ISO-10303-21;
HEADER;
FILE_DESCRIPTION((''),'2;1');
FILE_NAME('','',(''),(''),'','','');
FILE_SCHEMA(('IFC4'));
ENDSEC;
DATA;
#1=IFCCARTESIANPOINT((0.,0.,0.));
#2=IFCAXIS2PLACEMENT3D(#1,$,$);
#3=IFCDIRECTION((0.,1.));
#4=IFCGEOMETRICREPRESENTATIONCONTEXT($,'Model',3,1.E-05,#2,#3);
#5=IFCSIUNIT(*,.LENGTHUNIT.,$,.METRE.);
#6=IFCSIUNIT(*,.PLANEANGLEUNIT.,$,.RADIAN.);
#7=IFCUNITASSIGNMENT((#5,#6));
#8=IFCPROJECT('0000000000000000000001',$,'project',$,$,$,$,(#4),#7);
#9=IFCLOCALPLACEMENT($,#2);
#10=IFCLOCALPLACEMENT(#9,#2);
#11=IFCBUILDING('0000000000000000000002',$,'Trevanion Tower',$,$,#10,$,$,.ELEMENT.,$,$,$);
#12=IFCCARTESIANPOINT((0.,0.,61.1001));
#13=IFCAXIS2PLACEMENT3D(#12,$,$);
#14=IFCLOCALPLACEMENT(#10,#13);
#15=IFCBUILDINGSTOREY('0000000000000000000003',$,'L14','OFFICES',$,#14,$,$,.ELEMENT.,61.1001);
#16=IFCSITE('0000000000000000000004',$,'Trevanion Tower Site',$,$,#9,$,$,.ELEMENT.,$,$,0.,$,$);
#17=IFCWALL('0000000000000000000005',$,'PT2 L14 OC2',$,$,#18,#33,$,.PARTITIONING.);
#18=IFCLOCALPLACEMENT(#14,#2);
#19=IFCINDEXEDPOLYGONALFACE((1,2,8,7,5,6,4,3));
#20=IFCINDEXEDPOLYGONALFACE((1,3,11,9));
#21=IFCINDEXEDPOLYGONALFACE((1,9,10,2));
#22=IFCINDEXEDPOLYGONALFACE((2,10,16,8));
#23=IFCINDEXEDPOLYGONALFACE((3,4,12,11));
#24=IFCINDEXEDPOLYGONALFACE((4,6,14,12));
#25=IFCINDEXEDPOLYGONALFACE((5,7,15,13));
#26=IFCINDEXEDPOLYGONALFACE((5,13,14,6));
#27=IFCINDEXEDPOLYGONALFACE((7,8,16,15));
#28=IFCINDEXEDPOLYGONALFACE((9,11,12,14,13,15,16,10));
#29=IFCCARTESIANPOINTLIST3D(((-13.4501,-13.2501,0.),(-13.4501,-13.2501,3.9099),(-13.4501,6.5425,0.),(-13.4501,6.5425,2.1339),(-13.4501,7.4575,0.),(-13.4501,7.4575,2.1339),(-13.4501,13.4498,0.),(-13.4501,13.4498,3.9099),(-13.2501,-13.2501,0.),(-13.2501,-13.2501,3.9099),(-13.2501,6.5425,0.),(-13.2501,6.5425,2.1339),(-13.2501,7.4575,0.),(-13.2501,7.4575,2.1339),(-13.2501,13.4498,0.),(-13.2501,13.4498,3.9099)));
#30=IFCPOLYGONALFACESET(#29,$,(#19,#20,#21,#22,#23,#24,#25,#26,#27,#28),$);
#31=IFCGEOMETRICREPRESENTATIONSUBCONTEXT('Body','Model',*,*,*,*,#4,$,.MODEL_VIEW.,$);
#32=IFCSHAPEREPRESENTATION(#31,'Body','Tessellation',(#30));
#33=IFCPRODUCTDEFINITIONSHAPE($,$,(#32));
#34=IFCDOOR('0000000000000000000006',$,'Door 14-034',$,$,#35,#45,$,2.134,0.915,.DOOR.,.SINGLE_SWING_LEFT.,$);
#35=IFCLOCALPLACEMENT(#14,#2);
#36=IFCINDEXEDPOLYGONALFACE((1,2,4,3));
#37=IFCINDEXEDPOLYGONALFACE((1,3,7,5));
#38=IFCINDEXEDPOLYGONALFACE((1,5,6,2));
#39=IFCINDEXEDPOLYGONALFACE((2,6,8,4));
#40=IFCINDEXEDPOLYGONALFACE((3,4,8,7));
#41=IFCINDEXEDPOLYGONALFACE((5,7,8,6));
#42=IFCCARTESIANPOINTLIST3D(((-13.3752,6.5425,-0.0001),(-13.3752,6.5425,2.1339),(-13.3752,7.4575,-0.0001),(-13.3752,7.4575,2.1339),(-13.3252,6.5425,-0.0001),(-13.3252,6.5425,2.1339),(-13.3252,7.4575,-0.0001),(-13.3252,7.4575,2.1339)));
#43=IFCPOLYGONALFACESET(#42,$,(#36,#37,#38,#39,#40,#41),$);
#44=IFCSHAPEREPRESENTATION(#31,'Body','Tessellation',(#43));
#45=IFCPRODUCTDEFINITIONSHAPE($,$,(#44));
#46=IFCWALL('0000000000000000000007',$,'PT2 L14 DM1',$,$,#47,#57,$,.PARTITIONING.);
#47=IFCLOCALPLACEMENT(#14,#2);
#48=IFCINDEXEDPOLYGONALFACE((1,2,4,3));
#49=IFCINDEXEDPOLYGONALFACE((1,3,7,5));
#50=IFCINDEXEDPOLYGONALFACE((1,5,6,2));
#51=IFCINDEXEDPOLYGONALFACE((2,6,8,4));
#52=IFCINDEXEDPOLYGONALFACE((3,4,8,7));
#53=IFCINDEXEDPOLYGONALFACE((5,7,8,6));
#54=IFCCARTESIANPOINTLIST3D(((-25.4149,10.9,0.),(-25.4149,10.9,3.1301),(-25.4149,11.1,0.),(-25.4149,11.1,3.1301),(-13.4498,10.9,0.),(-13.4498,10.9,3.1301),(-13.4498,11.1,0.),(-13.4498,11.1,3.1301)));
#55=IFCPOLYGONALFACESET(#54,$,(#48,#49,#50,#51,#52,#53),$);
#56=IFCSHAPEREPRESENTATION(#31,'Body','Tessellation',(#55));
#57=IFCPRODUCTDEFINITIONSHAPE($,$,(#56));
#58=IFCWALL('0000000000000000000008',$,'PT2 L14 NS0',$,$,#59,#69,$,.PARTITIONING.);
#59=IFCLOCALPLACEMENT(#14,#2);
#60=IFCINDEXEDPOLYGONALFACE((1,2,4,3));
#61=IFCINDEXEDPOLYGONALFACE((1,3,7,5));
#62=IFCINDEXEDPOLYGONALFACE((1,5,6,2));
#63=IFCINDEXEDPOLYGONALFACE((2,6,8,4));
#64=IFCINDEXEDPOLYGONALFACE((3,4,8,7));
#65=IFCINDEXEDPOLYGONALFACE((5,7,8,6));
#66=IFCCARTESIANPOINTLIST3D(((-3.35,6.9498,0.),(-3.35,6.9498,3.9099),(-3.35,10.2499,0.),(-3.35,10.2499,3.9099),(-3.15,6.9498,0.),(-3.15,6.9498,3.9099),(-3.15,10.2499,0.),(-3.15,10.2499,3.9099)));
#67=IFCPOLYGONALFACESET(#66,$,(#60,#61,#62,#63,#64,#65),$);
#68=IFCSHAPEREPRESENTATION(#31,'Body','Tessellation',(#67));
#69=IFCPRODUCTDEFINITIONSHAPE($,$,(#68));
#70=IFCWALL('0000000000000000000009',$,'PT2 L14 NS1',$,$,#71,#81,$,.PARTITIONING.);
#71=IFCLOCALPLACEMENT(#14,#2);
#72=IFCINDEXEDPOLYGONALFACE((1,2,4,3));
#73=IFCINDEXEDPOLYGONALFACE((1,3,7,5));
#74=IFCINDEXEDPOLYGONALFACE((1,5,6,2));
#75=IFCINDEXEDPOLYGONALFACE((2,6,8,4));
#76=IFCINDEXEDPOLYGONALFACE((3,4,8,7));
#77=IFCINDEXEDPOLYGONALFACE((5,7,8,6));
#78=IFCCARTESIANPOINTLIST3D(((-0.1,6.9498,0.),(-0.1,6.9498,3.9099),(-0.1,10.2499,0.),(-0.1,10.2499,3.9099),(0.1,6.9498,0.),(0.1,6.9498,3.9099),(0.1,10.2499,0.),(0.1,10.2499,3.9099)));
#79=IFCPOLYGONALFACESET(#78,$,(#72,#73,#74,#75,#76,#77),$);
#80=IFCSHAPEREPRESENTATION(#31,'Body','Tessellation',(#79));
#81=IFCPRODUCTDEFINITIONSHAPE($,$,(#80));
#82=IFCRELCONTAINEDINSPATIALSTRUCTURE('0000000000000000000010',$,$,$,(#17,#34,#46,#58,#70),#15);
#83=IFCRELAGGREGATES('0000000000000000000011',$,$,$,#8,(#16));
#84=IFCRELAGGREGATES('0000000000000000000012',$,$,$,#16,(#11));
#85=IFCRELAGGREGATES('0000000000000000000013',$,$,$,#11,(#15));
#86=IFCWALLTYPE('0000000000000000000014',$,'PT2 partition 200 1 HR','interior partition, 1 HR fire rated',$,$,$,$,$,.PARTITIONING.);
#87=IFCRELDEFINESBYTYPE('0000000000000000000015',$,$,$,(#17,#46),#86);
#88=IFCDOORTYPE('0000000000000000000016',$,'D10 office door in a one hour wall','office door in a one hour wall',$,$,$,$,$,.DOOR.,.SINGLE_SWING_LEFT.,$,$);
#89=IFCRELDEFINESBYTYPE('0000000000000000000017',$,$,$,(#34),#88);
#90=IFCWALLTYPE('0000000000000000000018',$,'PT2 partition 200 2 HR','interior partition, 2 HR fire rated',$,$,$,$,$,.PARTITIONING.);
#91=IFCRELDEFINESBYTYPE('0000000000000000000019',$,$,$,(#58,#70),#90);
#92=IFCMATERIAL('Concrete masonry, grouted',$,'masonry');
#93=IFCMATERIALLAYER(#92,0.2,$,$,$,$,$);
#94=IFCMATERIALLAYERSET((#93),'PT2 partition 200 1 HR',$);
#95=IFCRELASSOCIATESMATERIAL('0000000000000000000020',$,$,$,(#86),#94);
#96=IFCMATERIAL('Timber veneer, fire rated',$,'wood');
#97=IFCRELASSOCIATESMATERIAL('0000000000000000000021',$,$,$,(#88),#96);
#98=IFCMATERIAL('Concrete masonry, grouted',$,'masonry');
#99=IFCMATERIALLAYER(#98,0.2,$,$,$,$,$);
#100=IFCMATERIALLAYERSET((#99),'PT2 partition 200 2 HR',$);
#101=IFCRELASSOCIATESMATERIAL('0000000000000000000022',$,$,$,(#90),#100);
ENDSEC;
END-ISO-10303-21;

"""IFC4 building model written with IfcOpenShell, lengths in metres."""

from ifc_helpers import new_model, si_unit, direction, frame, frame_2d, origin, place, context, subcontext, project, spatial, rectangle, extrude, material, layer, layer_set, type_object, element, fill, save


model = new_model("IFC4")

# Units and contexts
model_context = context("Model", 3, precision=1e-05, world=origin(), true_north=direction((0.0, 1.0)))
body_context = subcontext(model_context, "Body", "Model", "MODEL_VIEW")
ifc_project = project(units=[si_unit("LENGTHUNIT", "METRE"), si_unit("PLANEANGLEUNIT", "RADIAN")], contexts=[model_context])

# Site, building, storey
site_placement = place(None, origin())
site = spatial("IfcSite", under=ifc_project, at=site_placement, Name="Trevanion Tower Site", CompositionType="ELEMENT", RefElevation=0.0)
building_placement = place(site_placement, origin())
building = spatial("IfcBuilding", under=site, at=building_placement, Name="Trevanion Tower", CompositionType="ELEMENT")
storey_placement = place(building_placement, frame((0.0, 0.0, 61.1001)))
storey = spatial("IfcBuildingStorey", under=building, at=storey_placement, Name="L14", Description="OFFICES", CompositionType="ELEMENT", Elevation=61.1001)

# Wall, opening, door
ifc_material_1 = material(Name="Concrete masonry, grouted", Category="masonry")
ifc_layer_1 = layer(ifc_material_1, 0.2)
ifc_layer_set_1 = layer_set([ifc_layer_1], Name="PT2 partition 200 1 HR")
wall_type_1 = type_object("IfcWallType", Name="PT2 partition 200 1 HR", Description="interior partition, 1 HR fire rated", PredefinedType="PARTITIONING", material=ifc_layer_set_1)
wall_1_placement = place(storey_placement, frame((-13.3501, 13.45, 0.0), z_axis=(0.0, 0.0, 1.0), x_axis=(0.0, -1.0, 0.0)))
wall_1 = element("IfcWall", 1, at=wall_1_placement, inside=storey, type_object=wall_type_1, Name="PT2 L14 OC2", PredefinedType="PARTITIONING", context=body_context, shape_type="SweptSolid", body=[
    extrude(rectangle(XDim=26.7, YDim=0.2, at=frame_2d((13.3501, 0.0))), origin(), (0.0, 0.0, 1.0), 3.9099),
])
opening_1_placement = place(wall_1_placement, frame((5.9924, 0.0, 0.0)))
opening_1 = element("IfcOpeningElement", 2, at=opening_1_placement, cuts=wall_1, PredefinedType="OPENING", context=body_context, shape_type="SweptSolid", body=[
    extrude(rectangle(XDim=0.915, YDim=2.134, at=frame_2d((0.4575, 1.0669))), frame((0.0, 0.1099, 0.0), z_axis=(0.0, -1.0, 0.0), x_axis=(1.0, 0.0, 0.0)), (0.0, 0.0, 1.0), 0.22),
])
ifc_material_2 = material(Name="Timber veneer, fire rated", Category="wood")
door_type_1 = type_object("IfcDoorType", Name="D10 office door in a one hour wall", Description="office door in a one hour wall", OperationType="SINGLE_SWING_LEFT", PredefinedType="DOOR", material=ifc_material_2)
door_1_placement = place(opening_1_placement, origin())
door_1 = element("IfcDoor", 3, at=door_1_placement, inside=storey, type_object=door_type_1, Name="Door 14-034", OperationType="SINGLE_SWING_LEFT", OverallHeight=2.134, OverallWidth=0.915, PredefinedType="DOOR", context=body_context, shape_type="SweptSolid", body=[
    extrude(rectangle(XDim=0.915, YDim=2.134, at=frame_2d((0.4575, 1.0669))), frame((0.0, 0.0249, 0.0), z_axis=(0.0, -1.0, 0.0), x_axis=(1.0, 0.0, 0.0)), (0.0, 0.0, 1.0), 0.05),
])
fill(opening_1, door_1)

# Walls
wall_2_placement = place(storey_placement, frame((-13.45, 11.0, 0.0), z_axis=(0.0, 0.0, 1.0), x_axis=(-1.0, 0.0, 0.0)))
element("IfcWall", 4, at=wall_2_placement, inside=storey, type_object=wall_type_1, Name="PT2 L14 DM1", PredefinedType="PARTITIONING", context=body_context, shape_type="SweptSolid", body=[
    extrude(rectangle(XDim=11.9651, YDim=0.2, at=frame_2d((5.9824, 0.0))), origin(), (0.0, 0.0, 1.0), 3.1301),
])
ifc_material_3 = material(Name="Concrete masonry, grouted", Category="masonry")
ifc_layer_2 = layer(ifc_material_3, 0.2)
ifc_layer_set_2 = layer_set([ifc_layer_2], Name="PT2 partition 200 2 HR")
wall_type_2 = type_object("IfcWallType", Name="PT2 partition 200 2 HR", Description="interior partition, 2 HR fire rated", PredefinedType="PARTITIONING", material=ifc_layer_set_2)
for number, where, z_axis, x_axis, name in (
    (5, (-3.25, 6.95, 0.0), (0.0, 0.0, 1.0), (0.0, 1.0, 0.0), "PT2 L14 NS0"),
    (6, (0.0, 6.95, 0.0), (0.0, 0.0, 1.0), (0.0, 1.0, 0.0), "PT2 L14 NS1"),
):
    element("IfcWall", number, at=place(storey_placement, frame(where, z_axis=z_axis, x_axis=x_axis)), inside=storey, type_object=wall_type_2, Name=name, PredefinedType="PARTITIONING", context=body_context, shape_type="SweptSolid", body=[
        extrude(rectangle(XDim=3.3, YDim=0.2, at=frame_2d((1.6499, 0.0))), origin(), (0.0, 0.0, 1.0), 3.9099),
    ])

save(model, "model.ifc")
